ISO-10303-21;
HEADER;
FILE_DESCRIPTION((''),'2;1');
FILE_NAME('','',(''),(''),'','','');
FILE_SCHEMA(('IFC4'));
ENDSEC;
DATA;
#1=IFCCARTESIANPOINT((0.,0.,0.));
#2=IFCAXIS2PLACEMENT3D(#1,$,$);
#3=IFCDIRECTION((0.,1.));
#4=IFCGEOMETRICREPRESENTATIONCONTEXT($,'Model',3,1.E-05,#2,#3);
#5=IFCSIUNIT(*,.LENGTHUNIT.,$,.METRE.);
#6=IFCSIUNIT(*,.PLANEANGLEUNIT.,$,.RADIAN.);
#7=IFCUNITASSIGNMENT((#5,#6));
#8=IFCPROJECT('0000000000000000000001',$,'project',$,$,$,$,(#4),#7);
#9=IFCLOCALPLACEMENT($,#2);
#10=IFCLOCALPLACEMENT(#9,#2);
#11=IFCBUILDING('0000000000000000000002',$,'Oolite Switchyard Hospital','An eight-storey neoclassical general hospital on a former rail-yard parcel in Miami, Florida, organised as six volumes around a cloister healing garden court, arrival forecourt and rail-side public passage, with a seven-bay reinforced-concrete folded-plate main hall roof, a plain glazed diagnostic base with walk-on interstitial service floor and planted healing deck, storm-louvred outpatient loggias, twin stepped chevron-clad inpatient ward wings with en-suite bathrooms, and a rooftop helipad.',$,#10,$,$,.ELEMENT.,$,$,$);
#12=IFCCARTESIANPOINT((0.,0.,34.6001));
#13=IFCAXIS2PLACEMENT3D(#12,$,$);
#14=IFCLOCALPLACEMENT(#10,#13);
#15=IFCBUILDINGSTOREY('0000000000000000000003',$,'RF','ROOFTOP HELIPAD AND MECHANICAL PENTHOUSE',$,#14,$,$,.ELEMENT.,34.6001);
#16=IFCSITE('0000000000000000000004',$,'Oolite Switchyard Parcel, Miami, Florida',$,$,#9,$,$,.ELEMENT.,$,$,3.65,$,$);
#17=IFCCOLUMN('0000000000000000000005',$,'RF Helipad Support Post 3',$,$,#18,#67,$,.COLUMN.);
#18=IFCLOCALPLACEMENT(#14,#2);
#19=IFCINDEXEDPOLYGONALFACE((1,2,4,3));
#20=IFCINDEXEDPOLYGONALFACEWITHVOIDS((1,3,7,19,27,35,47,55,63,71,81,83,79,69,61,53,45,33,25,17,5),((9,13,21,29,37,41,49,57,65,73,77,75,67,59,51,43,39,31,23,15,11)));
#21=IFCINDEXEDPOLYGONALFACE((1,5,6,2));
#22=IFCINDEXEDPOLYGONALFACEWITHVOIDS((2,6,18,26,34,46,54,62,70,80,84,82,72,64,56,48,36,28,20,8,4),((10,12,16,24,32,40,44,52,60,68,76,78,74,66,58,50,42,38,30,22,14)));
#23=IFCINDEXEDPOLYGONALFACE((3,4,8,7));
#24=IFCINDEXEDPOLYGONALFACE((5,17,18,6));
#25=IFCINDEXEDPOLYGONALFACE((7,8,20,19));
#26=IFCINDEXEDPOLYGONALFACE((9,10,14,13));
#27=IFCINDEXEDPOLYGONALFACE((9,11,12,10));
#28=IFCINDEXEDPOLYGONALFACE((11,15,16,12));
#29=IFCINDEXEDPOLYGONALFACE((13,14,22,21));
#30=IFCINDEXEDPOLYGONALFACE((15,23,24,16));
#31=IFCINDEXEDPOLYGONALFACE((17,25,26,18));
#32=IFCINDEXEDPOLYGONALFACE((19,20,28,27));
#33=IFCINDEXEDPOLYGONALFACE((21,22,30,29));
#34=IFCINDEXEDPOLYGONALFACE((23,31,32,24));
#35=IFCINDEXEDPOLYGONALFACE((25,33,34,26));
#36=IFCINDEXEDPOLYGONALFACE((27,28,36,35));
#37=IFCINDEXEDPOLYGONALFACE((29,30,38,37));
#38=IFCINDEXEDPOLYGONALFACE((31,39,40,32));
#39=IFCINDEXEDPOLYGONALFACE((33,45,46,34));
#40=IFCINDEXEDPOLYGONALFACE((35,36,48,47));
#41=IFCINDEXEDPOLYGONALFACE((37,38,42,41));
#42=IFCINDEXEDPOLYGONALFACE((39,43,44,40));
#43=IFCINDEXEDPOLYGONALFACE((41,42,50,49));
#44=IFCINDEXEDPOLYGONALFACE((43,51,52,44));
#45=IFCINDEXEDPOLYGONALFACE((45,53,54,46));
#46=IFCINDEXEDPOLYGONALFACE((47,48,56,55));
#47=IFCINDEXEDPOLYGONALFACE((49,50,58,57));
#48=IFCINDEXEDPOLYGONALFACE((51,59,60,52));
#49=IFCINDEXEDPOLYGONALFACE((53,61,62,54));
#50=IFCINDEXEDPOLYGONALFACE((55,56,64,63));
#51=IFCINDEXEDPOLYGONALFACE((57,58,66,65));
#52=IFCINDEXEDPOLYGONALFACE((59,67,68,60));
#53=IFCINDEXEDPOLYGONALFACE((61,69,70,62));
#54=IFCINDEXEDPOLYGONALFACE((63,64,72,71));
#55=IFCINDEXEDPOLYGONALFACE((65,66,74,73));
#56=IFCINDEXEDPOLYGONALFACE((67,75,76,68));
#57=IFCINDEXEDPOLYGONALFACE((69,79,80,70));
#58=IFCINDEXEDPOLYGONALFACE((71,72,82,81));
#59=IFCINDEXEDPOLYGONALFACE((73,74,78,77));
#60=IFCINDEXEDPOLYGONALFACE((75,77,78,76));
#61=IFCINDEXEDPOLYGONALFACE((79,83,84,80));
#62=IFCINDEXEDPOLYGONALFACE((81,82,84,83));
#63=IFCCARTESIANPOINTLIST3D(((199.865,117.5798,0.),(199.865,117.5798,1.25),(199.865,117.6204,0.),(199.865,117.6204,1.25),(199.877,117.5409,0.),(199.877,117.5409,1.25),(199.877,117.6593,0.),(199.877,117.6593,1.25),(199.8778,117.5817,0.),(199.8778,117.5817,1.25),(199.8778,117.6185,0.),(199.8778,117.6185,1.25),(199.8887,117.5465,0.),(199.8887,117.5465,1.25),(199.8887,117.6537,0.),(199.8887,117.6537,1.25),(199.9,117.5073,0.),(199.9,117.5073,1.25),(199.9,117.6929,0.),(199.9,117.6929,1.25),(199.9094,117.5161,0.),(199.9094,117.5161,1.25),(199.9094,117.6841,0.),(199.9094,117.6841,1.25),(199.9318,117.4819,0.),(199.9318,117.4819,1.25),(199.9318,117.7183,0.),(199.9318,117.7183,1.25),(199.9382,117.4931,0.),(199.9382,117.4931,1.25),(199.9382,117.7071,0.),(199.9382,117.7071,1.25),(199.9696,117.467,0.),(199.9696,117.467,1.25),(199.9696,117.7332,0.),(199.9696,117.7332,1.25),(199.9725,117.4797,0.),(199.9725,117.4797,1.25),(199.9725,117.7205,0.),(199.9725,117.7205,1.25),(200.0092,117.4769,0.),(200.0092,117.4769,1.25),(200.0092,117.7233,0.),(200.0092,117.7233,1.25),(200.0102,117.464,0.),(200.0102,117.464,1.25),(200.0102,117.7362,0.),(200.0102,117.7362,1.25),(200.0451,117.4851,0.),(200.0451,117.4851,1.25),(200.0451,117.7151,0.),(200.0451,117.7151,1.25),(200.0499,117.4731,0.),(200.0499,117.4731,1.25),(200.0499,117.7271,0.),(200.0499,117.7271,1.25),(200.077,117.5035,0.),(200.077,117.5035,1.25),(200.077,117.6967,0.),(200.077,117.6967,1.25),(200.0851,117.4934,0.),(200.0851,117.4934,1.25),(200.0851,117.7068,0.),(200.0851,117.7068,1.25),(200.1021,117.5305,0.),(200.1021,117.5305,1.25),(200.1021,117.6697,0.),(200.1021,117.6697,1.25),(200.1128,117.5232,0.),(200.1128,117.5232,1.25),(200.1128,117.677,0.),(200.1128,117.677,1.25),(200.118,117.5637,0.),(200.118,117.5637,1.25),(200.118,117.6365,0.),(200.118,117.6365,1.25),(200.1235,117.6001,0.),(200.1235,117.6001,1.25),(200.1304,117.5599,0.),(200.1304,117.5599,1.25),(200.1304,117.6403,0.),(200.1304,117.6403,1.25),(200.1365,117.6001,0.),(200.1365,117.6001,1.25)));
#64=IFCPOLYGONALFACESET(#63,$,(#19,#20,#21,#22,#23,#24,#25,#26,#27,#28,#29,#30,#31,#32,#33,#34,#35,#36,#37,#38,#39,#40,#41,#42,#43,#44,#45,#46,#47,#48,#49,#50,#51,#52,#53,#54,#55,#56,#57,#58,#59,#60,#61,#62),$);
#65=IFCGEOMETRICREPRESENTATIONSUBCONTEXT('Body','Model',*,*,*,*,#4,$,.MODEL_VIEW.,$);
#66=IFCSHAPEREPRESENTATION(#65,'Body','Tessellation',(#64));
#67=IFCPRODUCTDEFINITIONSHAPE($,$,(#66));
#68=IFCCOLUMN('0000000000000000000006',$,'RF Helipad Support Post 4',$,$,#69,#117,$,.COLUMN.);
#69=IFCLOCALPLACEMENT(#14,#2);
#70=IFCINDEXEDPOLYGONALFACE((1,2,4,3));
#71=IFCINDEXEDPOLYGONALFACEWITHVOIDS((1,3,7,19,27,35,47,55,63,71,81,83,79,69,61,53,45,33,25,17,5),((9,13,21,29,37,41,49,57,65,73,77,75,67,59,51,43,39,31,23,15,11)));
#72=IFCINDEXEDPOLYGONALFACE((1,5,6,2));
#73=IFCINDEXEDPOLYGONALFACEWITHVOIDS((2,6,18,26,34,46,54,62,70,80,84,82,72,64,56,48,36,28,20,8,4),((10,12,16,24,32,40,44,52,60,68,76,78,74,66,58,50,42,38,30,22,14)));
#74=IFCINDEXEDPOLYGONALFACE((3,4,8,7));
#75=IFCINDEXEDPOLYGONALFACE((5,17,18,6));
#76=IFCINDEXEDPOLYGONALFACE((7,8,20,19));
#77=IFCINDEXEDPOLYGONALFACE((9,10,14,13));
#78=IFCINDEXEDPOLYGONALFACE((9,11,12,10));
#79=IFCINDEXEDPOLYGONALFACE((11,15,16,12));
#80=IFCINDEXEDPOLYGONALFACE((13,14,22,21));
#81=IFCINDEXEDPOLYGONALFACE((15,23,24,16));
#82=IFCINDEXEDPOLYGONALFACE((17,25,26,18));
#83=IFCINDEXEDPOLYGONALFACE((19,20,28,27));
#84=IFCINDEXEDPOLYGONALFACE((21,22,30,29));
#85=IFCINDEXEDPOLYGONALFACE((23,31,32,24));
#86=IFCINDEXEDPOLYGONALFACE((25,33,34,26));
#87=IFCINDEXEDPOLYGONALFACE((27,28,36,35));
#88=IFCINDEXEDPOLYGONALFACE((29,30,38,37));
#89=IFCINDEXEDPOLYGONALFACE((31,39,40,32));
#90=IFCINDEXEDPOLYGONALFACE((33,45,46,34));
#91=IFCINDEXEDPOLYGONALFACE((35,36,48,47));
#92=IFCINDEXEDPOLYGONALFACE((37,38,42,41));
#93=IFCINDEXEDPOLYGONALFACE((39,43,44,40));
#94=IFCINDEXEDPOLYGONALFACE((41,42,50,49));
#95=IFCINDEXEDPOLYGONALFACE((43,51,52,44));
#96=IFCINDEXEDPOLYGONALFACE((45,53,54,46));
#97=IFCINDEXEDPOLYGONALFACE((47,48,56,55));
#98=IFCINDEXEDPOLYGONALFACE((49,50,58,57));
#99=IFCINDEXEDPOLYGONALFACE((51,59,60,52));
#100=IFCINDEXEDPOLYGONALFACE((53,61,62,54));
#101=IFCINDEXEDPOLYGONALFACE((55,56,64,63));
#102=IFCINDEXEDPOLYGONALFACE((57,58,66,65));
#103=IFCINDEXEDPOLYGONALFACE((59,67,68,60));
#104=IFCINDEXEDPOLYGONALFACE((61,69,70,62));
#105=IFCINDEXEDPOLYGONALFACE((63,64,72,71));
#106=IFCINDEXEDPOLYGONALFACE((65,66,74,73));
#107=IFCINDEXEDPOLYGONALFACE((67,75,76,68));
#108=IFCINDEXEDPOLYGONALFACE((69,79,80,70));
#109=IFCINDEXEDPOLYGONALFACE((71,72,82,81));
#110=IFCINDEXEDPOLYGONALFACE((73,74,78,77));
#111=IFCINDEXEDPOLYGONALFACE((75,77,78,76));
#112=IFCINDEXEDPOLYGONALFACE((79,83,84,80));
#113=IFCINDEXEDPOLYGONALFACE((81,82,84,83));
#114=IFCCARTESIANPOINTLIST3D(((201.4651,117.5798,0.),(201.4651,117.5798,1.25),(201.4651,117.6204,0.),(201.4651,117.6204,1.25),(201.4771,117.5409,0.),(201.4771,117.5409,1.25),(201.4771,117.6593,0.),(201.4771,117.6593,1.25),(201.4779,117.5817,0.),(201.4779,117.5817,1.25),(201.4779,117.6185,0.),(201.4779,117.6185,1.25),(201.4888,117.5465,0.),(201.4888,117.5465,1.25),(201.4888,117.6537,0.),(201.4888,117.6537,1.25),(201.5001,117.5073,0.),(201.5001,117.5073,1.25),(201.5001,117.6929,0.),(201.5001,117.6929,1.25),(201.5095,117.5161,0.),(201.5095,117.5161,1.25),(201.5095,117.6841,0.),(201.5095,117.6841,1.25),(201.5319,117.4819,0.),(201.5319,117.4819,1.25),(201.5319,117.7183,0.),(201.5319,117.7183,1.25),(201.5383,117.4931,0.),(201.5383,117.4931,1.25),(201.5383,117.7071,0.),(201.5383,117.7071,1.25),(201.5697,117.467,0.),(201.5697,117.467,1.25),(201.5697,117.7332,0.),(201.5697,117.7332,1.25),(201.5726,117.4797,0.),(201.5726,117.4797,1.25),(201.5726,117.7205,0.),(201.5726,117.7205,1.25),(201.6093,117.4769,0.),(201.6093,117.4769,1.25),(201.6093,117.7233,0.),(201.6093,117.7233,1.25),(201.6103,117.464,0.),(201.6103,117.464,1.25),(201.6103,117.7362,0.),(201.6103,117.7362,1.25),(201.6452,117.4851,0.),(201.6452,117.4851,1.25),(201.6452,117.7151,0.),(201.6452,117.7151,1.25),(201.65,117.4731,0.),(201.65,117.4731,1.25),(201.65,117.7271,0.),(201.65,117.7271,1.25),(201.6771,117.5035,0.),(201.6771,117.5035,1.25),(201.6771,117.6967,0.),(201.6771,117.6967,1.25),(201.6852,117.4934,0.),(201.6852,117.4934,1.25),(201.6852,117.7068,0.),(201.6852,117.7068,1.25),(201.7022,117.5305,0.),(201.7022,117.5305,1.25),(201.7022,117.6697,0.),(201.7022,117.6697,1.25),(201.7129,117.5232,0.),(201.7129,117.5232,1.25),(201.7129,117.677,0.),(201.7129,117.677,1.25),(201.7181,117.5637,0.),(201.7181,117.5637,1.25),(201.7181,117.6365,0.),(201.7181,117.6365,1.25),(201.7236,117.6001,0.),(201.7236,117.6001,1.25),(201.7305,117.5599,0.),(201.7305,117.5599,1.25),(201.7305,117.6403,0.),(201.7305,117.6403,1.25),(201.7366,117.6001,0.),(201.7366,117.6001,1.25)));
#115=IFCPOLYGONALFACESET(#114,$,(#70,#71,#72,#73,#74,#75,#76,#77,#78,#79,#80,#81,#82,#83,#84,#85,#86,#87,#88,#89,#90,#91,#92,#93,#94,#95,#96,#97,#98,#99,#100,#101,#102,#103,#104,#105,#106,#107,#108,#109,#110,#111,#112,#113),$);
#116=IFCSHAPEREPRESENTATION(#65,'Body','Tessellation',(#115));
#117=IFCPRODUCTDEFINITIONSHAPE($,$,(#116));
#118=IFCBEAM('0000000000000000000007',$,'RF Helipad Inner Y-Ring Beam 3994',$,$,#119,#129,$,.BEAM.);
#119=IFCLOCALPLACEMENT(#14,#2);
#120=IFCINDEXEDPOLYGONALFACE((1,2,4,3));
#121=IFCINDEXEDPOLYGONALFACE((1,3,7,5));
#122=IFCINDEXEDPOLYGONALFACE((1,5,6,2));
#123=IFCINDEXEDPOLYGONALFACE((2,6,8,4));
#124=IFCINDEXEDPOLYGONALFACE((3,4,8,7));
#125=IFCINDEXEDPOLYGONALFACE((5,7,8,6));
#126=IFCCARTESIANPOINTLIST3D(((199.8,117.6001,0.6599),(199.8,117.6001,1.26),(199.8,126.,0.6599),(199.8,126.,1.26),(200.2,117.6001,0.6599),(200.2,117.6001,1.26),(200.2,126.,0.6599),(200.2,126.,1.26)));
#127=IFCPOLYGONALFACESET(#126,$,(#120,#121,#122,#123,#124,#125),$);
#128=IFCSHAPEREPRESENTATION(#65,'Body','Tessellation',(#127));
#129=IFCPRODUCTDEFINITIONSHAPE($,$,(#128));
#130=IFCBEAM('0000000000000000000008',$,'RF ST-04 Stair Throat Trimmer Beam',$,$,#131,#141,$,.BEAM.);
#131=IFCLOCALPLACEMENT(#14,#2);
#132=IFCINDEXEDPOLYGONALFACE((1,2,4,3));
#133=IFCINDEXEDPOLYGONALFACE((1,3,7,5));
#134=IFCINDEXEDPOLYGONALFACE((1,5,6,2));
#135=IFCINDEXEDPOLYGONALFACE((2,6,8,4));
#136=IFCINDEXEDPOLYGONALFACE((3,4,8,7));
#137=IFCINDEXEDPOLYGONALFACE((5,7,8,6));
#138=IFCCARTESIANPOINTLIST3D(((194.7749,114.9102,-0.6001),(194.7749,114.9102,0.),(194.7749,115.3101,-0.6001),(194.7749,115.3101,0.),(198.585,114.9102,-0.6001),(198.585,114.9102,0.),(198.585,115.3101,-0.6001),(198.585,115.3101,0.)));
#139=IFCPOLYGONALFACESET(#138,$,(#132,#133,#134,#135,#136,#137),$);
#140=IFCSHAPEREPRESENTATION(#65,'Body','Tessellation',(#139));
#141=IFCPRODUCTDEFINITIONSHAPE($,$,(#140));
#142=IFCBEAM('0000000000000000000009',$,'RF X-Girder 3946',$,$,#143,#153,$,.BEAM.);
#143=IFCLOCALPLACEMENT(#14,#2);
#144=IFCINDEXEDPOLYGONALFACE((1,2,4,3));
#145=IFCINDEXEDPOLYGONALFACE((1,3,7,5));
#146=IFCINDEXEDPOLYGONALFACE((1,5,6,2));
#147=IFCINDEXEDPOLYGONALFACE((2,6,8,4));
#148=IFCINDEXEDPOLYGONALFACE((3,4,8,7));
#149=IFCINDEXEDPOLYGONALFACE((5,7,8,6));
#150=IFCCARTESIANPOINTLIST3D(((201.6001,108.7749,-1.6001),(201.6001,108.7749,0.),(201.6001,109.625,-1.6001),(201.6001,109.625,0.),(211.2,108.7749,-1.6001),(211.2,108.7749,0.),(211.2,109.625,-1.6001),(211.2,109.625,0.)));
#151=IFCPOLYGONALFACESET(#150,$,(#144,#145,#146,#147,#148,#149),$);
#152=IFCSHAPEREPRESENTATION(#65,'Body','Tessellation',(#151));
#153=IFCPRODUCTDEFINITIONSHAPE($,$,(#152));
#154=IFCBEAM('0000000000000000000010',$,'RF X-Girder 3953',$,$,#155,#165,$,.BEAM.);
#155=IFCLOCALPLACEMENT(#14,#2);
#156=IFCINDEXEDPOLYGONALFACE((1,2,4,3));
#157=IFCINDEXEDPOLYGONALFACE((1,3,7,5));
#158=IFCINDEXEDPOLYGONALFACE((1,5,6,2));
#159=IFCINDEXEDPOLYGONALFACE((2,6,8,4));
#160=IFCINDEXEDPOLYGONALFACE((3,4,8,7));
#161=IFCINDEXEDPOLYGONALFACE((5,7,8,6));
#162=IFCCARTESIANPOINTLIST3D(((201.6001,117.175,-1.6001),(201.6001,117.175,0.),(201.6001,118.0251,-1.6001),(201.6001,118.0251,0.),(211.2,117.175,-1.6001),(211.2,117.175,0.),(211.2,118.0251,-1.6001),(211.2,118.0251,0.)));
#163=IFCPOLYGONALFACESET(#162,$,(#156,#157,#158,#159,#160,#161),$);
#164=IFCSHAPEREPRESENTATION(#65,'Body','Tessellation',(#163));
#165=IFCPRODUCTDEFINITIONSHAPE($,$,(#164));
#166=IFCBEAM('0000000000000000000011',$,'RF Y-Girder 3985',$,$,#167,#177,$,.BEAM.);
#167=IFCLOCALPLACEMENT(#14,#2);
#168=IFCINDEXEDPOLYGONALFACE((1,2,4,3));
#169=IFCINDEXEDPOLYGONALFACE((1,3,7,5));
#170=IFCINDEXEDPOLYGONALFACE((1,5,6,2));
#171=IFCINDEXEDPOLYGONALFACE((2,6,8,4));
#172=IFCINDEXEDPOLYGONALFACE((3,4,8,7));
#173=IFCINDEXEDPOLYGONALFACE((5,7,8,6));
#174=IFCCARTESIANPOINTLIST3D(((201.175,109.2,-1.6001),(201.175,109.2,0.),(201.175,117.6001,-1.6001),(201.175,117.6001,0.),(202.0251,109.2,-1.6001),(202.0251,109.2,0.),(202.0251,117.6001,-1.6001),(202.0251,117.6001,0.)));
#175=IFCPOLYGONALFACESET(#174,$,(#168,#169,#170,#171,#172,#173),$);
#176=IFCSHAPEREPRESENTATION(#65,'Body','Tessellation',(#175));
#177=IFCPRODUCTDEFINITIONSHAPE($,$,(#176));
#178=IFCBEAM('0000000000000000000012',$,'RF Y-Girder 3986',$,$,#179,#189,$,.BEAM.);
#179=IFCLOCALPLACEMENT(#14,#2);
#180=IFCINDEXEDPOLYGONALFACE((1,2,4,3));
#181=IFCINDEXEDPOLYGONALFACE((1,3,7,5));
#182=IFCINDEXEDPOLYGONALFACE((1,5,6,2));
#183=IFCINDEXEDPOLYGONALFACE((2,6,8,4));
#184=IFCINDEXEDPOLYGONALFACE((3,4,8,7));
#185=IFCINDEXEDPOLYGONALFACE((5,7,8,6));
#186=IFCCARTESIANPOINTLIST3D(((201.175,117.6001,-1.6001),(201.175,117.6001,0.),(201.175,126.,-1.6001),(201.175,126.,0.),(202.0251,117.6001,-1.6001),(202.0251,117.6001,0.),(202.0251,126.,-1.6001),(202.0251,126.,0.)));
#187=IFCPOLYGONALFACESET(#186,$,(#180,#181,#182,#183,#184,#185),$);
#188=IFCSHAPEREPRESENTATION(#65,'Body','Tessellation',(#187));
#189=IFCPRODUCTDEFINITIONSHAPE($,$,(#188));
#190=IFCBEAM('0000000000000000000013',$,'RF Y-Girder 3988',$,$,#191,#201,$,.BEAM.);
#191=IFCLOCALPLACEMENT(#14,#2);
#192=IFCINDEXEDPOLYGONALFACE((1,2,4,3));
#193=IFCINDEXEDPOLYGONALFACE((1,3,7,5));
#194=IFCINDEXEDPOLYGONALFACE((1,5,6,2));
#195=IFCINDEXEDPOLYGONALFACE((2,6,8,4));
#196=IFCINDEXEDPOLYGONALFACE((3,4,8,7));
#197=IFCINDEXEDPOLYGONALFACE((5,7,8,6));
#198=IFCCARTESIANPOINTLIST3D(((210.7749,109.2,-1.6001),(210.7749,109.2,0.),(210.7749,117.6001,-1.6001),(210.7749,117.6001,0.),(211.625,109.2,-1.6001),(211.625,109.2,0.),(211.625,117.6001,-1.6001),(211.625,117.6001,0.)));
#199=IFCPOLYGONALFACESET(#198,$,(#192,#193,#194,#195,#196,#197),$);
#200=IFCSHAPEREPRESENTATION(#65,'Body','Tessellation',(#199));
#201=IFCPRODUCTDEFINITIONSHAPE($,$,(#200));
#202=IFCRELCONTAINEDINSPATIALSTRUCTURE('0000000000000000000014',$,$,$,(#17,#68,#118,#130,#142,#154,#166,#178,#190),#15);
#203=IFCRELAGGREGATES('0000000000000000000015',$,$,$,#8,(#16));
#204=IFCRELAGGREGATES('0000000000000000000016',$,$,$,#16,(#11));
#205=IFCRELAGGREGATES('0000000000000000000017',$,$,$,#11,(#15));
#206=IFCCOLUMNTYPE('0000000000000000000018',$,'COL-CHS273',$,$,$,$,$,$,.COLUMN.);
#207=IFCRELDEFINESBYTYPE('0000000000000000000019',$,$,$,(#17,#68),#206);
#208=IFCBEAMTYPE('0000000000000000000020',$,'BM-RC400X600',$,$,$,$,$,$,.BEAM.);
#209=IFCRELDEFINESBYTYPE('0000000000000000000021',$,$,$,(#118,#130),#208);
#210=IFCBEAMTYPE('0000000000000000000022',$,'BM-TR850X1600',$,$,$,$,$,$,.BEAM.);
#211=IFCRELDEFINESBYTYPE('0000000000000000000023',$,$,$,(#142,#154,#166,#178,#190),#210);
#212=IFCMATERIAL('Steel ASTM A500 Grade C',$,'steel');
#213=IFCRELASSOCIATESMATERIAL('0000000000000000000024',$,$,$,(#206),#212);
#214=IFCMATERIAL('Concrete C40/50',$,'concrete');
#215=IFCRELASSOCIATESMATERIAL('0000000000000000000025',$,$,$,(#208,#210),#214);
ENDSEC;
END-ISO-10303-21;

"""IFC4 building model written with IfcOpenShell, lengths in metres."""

from ifc_helpers import new_model, si_unit, direction, frame, origin, origin_2d, place, context, subcontext, project, spatial, rectangle, hollow_circle, extrude, material, material_profile, profile_set, type_object, element, save


model = new_model("IFC4")

# Units and contexts
model_context = context("Model", 3, precision=1e-05, world=origin(), true_north=direction((0.0, 1.0)))
body_context = subcontext(model_context, "Body", "Model", "MODEL_VIEW")
ifc_project = project(units=[si_unit("LENGTHUNIT", "METRE"), si_unit("PLANEANGLEUNIT", "RADIAN")], contexts=[model_context])

# Site, building, storey
site_placement = place(None, origin())
site = spatial("IfcSite", under=ifc_project, at=site_placement, Name="Oolite Switchyard Parcel, Miami, Florida", CompositionType="ELEMENT", RefElevation=3.65)
building_placement = place(site_placement, origin())
building = spatial("IfcBuilding", under=site, at=building_placement, Name="Oolite Switchyard Hospital", Description="An eight-storey neoclassical general hospital on a former rail-yard parcel in Miami, Florida, organised as six volumes around a cloister healing garden court, arrival forecourt and rail-side public passage, with a seven-bay reinforced-concrete folded-plate main hall roof, a plain glazed diagnostic base with walk-on interstitial service floor and planted healing deck, storm-louvred outpatient loggias, twin stepped chevron-clad inpatient ward wings with en-suite bathrooms, and a rooftop helipad.", CompositionType="ELEMENT")
storey_placement = place(building_placement, frame((0.0, 0.0, 34.6001)))
storey = spatial("IfcBuildingStorey", under=building, at=storey_placement, Name="RF", Description="ROOFTOP HELIPAD AND MECHANICAL PENTHOUSE", CompositionType="ELEMENT", Elevation=34.6001)

# Columns
ifc_material_1 = material(Name="Steel ASTM A500 Grade C", Category="steel")
ifc_material_profile_1 = material_profile(ifc_material_1, hollow_circle(Radius=0.1365, WallThickness=0.0129, at=origin_2d()), Name="HSS273X13")
ifc_profile_set_1 = profile_set([ifc_material_profile_1], Name="Steel ASTM A500 Grade C")
column_type = type_object("IfcColumnType", Name="COL-CHS273", PredefinedType="COLUMN", material=ifc_profile_set_1)
for number, where, z_axis, x_axis, name in (
    (1, (200.0, 117.6001, 0.0), (0.0, 0.0, 1.0), (1.0, 0.0, 0.0), "RF Helipad Support Post 3"),
    (2, (201.6001, 117.6001, 0.0), (0.0, 0.0, 1.0), (1.0, 0.0, 0.0), "RF Helipad Support Post 4"),
):
    element("IfcColumn", number, at=place(storey_placement, frame(where, z_axis=z_axis, x_axis=x_axis)), inside=storey, type_object=column_type, Name=name, PredefinedType="COLUMN", context=body_context, shape_type="SweptSolid", body=[
        extrude(hollow_circle(Radius=0.1365, WallThickness=0.0129, at=origin_2d()), origin(), (0.0, 0.0, 1.0), 1.25),
    ])

# Beams
ifc_material_2 = material(Name="Concrete C40/50", Category="concrete")
ifc_material_profile_2 = material_profile(ifc_material_2, rectangle(XDim=0.3999, YDim=0.6001, at=origin_2d()), Name="RCB400X600")
ifc_profile_set_2 = profile_set([ifc_material_profile_2], Name="Concrete C40/50")
beam_type_1 = type_object("IfcBeamType", Name="BM-RC400X600", PredefinedType="BEAM", material=ifc_profile_set_2)
beam_1_placement = place(storey_placement, frame((200.0, 117.6001, 0.96), z_axis=(0.0, 1.0, 0.0), x_axis=(-1.0, 0.0, 0.0)))
element("IfcBeam", 3, at=beam_1_placement, inside=storey, type_object=beam_type_1, Name="RF Helipad Inner Y-Ring Beam 3994", PredefinedType="BEAM", context=body_context, shape_type="SweptSolid", body=[
    extrude(rectangle(XDim=0.3999, YDim=0.6001, at=origin_2d()), origin(), (0.0, 0.0, 1.0), 8.3999),
])
beam_2_placement = place(storey_placement, frame((194.7749, 115.1101, -0.3), z_axis=(1.0, 0.0, 0.0), x_axis=(0.0, 1.0, 0.0)))
element("IfcBeam", 4, at=beam_2_placement, inside=storey, type_object=beam_type_1, Name="RF ST-04 Stair Throat Trimmer Beam", PredefinedType="BEAM", context=body_context, shape_type="SweptSolid", body=[
    extrude(rectangle(XDim=0.3999, YDim=0.6001, at=origin_2d()), origin(), (0.0, 0.0, 1.0), 3.8101),
])
ifc_material_profile_3 = material_profile(ifc_material_2, rectangle(XDim=0.8501, YDim=1.6001, at=origin_2d()), Name="RCT850X1600")
ifc_profile_set_3 = profile_set([ifc_material_profile_3], Name="Concrete C40/50")
beam_type_2 = type_object("IfcBeamType", Name="BM-TR850X1600", PredefinedType="BEAM", material=ifc_profile_set_3)
for number, where, z_axis, x_axis, name in (
    (5, (201.6001, 109.2, -0.8), (1.0, 0.0, 0.0), (0.0, 1.0, 0.0), "RF X-Girder 3946"),
    (6, (201.6001, 117.6001, -0.8), (1.0, 0.0, 0.0), (0.0, 1.0, 0.0), "RF X-Girder 3953"),
):
    element("IfcBeam", number, at=place(storey_placement, frame(where, z_axis=z_axis, x_axis=x_axis)), inside=storey, type_object=beam_type_2, Name=name, PredefinedType="BEAM", context=body_context, shape_type="SweptSolid", body=[
        extrude(rectangle(XDim=0.8501, YDim=1.6001, at=origin_2d()), origin(), (0.0, 0.0, 1.0), 9.5999),
    ])
beam_3_placement = place(storey_placement, frame((201.6001, 109.2, -0.8), z_axis=(0.0, 1.0, 0.0), x_axis=(-1.0, 0.0, 0.0)))
element("IfcBeam", 7, at=beam_3_placement, inside=storey, type_object=beam_type_2, Name="RF Y-Girder 3985", PredefinedType="BEAM", context=body_context, shape_type="SweptSolid", body=[
    extrude(rectangle(XDim=0.8501, YDim=1.6001, at=origin_2d()), origin(), (0.0, 0.0, 1.0), 8.4001),
])
beam_4_placement = place(storey_placement, frame((201.6001, 117.6001, -0.8), z_axis=(0.0, 1.0, 0.0), x_axis=(-1.0, 0.0, 0.0)))
element("IfcBeam", 8, at=beam_4_placement, inside=storey, type_object=beam_type_2, Name="RF Y-Girder 3986", PredefinedType="BEAM", context=body_context, shape_type="SweptSolid", body=[
    extrude(rectangle(XDim=0.8501, YDim=1.6001, at=origin_2d()), origin(), (0.0, 0.0, 1.0), 8.3999),
])
beam_5_placement = place(storey_placement, frame((211.2, 109.2, -0.8), z_axis=(0.0, 1.0, 0.0), x_axis=(-1.0, 0.0, 0.0)))
element("IfcBeam", 9, at=beam_5_placement, inside=storey, type_object=beam_type_2, Name="RF Y-Girder 3988", PredefinedType="BEAM", context=body_context, shape_type="SweptSolid", body=[
    extrude(rectangle(XDim=0.8501, YDim=1.6001, at=origin_2d()), origin(), (0.0, 0.0, 1.0), 8.4001),
])

save(model, "model.ifc")
